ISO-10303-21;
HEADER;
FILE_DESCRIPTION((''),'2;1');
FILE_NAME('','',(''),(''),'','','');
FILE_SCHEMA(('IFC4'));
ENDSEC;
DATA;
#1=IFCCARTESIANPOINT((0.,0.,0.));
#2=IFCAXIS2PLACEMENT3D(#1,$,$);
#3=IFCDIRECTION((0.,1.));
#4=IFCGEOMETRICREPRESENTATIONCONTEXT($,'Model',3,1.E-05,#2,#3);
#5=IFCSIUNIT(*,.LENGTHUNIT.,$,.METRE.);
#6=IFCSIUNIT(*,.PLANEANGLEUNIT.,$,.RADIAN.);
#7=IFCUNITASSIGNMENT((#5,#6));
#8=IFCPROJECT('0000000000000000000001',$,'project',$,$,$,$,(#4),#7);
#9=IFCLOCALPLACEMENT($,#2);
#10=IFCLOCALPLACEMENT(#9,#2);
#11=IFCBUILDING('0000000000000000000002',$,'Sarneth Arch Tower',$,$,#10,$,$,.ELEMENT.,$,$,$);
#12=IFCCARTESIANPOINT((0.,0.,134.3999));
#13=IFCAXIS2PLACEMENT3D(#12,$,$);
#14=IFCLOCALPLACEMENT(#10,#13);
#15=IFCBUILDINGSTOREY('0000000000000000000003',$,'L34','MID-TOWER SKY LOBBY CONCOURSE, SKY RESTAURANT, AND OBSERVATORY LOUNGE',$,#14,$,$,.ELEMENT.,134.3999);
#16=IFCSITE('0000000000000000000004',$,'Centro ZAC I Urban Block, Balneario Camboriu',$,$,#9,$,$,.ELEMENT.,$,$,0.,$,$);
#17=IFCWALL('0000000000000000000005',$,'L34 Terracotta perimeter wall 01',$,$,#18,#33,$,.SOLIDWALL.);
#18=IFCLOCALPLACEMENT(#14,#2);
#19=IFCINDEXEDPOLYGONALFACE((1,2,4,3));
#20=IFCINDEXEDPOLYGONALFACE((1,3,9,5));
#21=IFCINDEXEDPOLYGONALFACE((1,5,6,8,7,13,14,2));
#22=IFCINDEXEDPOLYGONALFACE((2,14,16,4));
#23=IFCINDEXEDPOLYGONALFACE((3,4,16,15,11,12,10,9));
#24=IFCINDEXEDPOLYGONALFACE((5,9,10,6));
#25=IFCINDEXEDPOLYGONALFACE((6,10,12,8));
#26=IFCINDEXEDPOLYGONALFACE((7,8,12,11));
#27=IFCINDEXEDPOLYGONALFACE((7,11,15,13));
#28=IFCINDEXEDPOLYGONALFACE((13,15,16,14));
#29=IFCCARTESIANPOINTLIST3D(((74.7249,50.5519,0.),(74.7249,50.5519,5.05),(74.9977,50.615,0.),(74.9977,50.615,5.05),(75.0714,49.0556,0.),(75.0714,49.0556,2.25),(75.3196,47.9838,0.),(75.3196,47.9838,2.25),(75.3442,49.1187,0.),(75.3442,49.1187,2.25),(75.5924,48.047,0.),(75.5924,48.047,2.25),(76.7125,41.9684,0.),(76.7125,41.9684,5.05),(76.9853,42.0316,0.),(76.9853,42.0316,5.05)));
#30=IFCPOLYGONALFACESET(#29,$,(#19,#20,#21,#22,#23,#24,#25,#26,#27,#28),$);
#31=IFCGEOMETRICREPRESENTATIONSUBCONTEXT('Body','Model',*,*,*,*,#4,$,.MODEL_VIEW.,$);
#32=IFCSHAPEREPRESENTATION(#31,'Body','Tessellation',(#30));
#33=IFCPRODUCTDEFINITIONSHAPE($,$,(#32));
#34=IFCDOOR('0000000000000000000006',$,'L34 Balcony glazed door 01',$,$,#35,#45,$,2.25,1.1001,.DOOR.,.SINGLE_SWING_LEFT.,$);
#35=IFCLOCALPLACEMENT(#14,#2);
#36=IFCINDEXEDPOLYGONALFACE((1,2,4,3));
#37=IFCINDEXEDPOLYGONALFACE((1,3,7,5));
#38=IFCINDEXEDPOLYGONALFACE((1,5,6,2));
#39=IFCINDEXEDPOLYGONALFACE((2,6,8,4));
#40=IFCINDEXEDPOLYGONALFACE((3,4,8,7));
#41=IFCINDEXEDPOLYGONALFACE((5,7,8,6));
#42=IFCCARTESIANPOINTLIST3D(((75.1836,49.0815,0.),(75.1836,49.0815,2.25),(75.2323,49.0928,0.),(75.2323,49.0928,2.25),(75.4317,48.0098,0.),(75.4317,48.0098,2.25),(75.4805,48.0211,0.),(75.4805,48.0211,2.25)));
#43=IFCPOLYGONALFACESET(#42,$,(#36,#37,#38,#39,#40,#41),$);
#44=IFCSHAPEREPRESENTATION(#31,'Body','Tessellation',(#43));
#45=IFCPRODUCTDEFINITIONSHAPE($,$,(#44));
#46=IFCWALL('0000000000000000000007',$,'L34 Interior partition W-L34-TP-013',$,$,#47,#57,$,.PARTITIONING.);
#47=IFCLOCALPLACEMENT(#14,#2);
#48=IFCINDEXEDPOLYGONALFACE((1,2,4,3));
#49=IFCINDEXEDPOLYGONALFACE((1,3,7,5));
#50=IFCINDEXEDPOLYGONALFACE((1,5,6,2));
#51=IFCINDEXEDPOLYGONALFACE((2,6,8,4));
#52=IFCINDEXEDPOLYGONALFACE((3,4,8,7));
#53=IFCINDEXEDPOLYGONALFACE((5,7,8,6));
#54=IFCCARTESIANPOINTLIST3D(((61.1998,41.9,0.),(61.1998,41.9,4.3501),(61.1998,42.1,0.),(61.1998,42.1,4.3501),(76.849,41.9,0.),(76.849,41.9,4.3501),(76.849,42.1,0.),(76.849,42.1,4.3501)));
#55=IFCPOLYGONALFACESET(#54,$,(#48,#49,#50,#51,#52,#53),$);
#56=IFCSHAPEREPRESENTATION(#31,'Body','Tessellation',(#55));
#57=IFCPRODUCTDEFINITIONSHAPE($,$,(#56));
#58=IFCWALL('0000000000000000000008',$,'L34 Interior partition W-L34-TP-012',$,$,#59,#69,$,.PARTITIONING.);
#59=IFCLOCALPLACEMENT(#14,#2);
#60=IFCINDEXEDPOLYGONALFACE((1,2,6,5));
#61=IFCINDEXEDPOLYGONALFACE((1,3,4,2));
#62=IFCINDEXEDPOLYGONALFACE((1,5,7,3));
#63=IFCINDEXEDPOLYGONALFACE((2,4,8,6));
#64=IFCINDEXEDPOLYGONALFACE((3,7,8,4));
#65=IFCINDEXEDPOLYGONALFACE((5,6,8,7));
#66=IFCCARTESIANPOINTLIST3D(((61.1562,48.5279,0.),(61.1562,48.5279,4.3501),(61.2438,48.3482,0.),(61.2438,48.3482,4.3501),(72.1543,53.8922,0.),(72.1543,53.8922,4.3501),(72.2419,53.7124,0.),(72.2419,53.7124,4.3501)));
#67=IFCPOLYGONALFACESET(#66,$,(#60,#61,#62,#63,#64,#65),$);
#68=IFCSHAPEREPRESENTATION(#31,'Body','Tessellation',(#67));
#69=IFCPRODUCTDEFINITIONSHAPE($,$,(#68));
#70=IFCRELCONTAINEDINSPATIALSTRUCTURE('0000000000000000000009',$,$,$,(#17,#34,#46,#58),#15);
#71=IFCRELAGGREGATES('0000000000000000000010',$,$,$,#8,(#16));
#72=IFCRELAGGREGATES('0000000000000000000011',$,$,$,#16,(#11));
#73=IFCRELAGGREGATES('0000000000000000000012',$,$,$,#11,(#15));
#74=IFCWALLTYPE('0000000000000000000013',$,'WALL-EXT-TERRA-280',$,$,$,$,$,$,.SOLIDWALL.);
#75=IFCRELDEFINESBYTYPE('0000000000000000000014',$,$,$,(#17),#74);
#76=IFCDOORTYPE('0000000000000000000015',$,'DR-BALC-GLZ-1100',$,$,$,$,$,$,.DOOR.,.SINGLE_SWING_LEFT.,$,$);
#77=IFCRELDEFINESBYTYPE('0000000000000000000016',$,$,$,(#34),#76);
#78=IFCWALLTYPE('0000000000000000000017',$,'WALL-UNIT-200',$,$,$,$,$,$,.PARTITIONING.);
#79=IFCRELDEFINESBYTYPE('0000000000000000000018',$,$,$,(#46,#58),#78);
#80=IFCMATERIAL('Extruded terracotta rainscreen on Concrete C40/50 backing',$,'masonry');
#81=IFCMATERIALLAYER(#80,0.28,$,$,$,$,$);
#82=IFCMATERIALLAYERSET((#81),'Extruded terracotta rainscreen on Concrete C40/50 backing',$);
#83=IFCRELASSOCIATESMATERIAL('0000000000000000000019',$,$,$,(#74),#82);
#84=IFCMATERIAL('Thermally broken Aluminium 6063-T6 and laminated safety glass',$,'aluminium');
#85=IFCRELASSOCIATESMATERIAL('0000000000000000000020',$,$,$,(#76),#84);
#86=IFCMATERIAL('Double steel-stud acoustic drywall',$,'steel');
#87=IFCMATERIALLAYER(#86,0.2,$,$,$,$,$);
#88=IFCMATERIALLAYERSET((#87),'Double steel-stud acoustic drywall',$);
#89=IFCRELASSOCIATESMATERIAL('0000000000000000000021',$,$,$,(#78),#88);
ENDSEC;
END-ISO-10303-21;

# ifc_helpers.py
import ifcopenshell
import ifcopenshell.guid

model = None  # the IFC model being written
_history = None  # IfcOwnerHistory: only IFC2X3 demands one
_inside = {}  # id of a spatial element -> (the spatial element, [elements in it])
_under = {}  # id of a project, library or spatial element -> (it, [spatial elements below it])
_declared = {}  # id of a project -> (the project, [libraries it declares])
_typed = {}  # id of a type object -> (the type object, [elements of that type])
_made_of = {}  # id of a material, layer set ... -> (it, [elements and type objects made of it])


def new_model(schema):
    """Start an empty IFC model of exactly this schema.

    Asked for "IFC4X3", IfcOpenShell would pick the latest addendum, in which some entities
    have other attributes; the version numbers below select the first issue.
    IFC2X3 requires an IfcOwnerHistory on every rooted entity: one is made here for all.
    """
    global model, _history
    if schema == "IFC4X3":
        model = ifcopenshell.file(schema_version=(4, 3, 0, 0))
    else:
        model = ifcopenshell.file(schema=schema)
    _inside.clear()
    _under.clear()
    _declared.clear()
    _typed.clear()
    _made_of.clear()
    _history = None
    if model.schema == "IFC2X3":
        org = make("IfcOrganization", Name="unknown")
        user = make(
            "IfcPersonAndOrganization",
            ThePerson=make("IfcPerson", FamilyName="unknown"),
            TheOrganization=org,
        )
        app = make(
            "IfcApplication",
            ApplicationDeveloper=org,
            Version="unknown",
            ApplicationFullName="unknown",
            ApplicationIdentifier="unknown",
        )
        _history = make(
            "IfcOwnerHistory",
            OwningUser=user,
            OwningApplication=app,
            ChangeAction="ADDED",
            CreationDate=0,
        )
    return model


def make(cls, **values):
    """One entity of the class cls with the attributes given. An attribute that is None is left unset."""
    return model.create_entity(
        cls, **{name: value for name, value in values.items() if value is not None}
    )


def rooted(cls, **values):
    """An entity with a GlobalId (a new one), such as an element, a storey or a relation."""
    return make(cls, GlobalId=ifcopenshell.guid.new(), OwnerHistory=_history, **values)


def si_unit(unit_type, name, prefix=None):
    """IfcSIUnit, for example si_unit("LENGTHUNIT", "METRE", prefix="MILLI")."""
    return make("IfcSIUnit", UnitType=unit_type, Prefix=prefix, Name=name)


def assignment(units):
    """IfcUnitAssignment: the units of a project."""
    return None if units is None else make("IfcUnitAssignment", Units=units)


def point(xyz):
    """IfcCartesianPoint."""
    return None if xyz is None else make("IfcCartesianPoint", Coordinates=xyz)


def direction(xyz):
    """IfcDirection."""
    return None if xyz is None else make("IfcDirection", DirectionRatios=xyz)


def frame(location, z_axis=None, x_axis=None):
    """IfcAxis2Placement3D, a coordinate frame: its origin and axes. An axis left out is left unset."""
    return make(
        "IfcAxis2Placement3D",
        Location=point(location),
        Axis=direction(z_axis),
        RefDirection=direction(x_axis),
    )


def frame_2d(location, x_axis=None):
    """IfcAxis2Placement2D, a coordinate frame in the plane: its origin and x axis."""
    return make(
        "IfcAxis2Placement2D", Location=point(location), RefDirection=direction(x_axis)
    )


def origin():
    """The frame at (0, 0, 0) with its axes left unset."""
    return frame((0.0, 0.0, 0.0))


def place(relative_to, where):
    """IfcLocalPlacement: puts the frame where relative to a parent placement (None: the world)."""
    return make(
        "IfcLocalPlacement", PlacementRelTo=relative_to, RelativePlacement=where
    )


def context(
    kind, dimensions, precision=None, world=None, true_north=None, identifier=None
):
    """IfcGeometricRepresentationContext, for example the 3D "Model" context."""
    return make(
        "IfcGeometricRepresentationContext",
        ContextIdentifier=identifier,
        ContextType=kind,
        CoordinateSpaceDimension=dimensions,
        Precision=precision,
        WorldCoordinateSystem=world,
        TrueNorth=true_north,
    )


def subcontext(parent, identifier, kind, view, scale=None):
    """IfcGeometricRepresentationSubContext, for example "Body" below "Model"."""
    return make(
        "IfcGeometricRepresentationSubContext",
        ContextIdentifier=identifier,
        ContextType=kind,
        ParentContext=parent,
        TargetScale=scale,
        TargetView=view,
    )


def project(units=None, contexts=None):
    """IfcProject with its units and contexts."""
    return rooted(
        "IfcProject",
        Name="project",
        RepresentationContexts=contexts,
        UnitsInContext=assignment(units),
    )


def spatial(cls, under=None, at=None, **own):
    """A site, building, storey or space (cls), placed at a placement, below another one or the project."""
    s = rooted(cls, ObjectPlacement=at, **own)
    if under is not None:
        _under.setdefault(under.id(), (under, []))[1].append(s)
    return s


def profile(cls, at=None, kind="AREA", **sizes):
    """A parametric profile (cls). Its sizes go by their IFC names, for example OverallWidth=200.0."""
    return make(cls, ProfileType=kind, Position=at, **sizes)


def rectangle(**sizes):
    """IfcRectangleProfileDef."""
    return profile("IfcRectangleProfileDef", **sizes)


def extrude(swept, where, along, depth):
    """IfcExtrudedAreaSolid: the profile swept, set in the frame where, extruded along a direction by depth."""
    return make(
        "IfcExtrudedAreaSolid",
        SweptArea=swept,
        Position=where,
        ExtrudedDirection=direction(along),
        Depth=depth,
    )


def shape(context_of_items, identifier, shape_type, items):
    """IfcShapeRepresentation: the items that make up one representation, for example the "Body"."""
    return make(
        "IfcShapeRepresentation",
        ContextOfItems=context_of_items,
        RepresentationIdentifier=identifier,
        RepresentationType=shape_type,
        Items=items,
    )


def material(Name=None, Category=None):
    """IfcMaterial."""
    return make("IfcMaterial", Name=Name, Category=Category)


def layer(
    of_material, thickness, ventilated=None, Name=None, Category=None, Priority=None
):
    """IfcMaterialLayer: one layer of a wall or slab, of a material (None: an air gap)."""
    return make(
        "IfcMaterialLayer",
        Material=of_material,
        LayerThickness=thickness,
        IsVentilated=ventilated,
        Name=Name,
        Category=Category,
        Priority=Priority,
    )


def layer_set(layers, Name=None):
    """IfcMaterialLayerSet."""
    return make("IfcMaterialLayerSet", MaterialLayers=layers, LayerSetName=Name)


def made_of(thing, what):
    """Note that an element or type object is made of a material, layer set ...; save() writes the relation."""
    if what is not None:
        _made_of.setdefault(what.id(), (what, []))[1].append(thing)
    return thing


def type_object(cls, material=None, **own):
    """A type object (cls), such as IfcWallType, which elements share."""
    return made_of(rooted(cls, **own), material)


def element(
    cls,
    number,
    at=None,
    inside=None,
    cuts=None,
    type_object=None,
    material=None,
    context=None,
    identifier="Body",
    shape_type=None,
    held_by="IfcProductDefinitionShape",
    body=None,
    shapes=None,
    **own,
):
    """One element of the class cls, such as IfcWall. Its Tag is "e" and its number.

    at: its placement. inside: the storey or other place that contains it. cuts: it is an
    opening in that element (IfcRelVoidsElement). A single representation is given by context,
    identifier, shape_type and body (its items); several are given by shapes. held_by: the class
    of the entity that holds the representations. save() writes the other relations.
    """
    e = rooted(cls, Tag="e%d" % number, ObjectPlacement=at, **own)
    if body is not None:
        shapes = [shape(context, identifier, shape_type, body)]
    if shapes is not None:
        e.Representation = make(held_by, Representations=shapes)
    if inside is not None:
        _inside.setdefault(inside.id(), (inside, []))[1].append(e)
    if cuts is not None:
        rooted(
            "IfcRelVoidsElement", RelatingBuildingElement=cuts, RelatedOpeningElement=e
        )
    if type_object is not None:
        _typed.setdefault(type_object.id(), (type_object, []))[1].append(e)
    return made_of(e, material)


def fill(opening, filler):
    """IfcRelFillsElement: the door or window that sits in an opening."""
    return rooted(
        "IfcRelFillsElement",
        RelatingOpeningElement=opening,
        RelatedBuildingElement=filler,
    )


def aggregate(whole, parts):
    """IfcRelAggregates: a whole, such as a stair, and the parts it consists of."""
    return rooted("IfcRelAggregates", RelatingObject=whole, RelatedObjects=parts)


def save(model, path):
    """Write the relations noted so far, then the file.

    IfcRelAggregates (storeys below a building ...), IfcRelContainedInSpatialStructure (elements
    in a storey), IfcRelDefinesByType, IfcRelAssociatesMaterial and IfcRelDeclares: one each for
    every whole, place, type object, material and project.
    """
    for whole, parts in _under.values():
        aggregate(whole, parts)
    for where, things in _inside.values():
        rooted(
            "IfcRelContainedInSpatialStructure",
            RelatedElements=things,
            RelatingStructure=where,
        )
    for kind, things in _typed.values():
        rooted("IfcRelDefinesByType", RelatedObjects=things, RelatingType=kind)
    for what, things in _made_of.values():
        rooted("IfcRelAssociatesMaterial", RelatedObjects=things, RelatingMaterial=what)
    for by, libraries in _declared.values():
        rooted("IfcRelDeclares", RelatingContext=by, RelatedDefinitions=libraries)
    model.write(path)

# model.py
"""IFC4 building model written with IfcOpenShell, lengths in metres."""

from ifc_helpers import new_model, si_unit, direction, frame, frame_2d, origin, place, context, subcontext, project, spatial, rectangle, extrude, material, layer, layer_set, type_object, element, fill, save


model = new_model("IFC4")

# Units and contexts
model_context = context("Model", 3, precision=1e-05, world=origin(), true_north=direction((0.0, 1.0)))
body_context = subcontext(model_context, "Body", "Model", "MODEL_VIEW")
ifc_project = project(units=[si_unit("LENGTHUNIT", "METRE"), si_unit("PLANEANGLEUNIT", "RADIAN")], contexts=[model_context])

# Site, building, storey
site_placement = place(None, origin())
site = spatial("IfcSite", under=ifc_project, at=site_placement, Name="Centro ZAC I Urban Block, Balneario Camboriu", CompositionType="ELEMENT", RefElevation=0.0)
building_placement = place(site_placement, origin())
building = spatial("IfcBuilding", under=site, at=building_placement, Name="Sarneth Arch Tower", CompositionType="ELEMENT")
storey_placement = place(building_placement, frame((0.0, 0.0, 134.3999)))
storey = spatial("IfcBuildingStorey", under=building, at=storey_placement, Name="L34", Description="MID-TOWER SKY LOBBY CONCOURSE, SKY RESTAURANT, AND OBSERVATORY LOUNGE", CompositionType="ELEMENT", Elevation=134.3999)

# Wall, opening, door
ifc_material_1 = material(Name="Extruded terracotta rainscreen on Concrete C40/50 backing", Category="masonry")
ifc_layer_1 = layer(ifc_material_1, 0.28)
ifc_layer_set_1 = layer_set([ifc_layer_1], Name="Extruded terracotta rainscreen on Concrete C40/50 backing")
wall_type_1 = type_object("IfcWallType", Name="WALL-EXT-TERRA-280", PredefinedType="SOLIDWALL", material=ifc_layer_set_1)
wall_1_placement = place(storey_placement, frame((76.8489, 42.0, 0.0), z_axis=(0.0, 0.0, 1.0), x_axis=(-0.225586, 0.974223, 0.0)))
wall_1 = element("IfcWall", 1, at=wall_1_placement, inside=storey, type_object=wall_type_1, Name="L34 Terracotta perimeter wall 01", PredefinedType="SOLIDWALL", context=body_context, shape_type="SweptSolid", body=[
    extrude(rectangle(XDim=8.8105, YDim=0.28, at=frame_2d((4.4053, 0.0))), origin(), (0.0, 0.0, 1.0), 5.05),
])
opening_placement = place(wall_1_placement, frame((6.1746, 0.0, 0.0)))
opening = element("IfcOpeningElement", 2, at=opening_placement, cuts=wall_1, PredefinedType="OPENING", context=body_context, shape_type="SweptSolid", body=[
    extrude(rectangle(XDim=1.1001, YDim=2.25, at=frame_2d((0.55, 1.125))), frame((0.0, 0.1499, 0.0), z_axis=(0.0, -1.0, 0.0), x_axis=(1.0, 0.0, 0.0)), (0.0, 0.0, 1.0), 0.3),
])
ifc_material_2 = material(Name="Thermally broken Aluminium 6063-T6 and laminated safety glass", Category="aluminium")
door_type = type_object("IfcDoorType", Name="DR-BALC-GLZ-1100", OperationType="SINGLE_SWING_LEFT", PredefinedType="DOOR", material=ifc_material_2)
door_placement = place(opening_placement, origin())
door = element("IfcDoor", 3, at=door_placement, inside=storey, type_object=door_type, Name="L34 Balcony glazed door 01", OperationType="SINGLE_SWING_LEFT", OverallHeight=2.25, OverallWidth=1.1001, PredefinedType="DOOR", context=body_context, shape_type="SweptSolid", body=[
    extrude(rectangle(XDim=1.1001, YDim=2.25, at=frame_2d((0.55, 1.125))), frame((0.0, 0.0249, 0.0), z_axis=(0.0, -1.0, 0.0), x_axis=(1.0, 0.0, 0.0)), (0.0, 0.0, 1.0), 0.05),
])
fill(opening, door)

# Walls
ifc_material_3 = material(Name="Double steel-stud acoustic drywall", Category="steel")
ifc_layer_2 = layer(ifc_material_3, 0.2)
ifc_layer_set_2 = layer_set([ifc_layer_2], Name="Double steel-stud acoustic drywall")
wall_type_2 = type_object("IfcWallType", Name="WALL-UNIT-200", PredefinedType="PARTITIONING", material=ifc_layer_set_2)
wall_2_placement = place(storey_placement, frame((76.8491, 42.0, 0.0), z_axis=(0.0, 0.0, 1.0), x_axis=(-1.0, 0.0, 0.0)))
element("IfcWall", 4, at=wall_2_placement, inside=storey, type_object=wall_type_2, Name="L34 Interior partition W-L34-TP-013", PredefinedType="PARTITIONING", context=body_context, shape_type="SweptSolid", body=[
    extrude(rectangle(XDim=15.6492, YDim=0.2, at=frame_2d((7.8247, 0.0))), origin(), (0.0, 0.0, 1.0), 4.3501),
])
wall_3_placement = place(storey_placement, frame((72.198, 53.8022, 0.0), z_axis=(0.0, 0.0, 1.0), x_axis=(-0.898789, -0.438381, 0.0)))
element("IfcWall", 5, at=wall_3_placement, inside=storey, type_object=wall_type_2, Name="L34 Interior partition W-L34-TP-012", PredefinedType="PARTITIONING", context=body_context, shape_type="SweptSolid", body=[
    extrude(rectangle(XDim=12.2366, YDim=0.2, at=frame_2d((6.1182, 0.0))), origin(), (0.0, 0.0, 1.0), 4.3501),
])

save(model, "model.ifc")
